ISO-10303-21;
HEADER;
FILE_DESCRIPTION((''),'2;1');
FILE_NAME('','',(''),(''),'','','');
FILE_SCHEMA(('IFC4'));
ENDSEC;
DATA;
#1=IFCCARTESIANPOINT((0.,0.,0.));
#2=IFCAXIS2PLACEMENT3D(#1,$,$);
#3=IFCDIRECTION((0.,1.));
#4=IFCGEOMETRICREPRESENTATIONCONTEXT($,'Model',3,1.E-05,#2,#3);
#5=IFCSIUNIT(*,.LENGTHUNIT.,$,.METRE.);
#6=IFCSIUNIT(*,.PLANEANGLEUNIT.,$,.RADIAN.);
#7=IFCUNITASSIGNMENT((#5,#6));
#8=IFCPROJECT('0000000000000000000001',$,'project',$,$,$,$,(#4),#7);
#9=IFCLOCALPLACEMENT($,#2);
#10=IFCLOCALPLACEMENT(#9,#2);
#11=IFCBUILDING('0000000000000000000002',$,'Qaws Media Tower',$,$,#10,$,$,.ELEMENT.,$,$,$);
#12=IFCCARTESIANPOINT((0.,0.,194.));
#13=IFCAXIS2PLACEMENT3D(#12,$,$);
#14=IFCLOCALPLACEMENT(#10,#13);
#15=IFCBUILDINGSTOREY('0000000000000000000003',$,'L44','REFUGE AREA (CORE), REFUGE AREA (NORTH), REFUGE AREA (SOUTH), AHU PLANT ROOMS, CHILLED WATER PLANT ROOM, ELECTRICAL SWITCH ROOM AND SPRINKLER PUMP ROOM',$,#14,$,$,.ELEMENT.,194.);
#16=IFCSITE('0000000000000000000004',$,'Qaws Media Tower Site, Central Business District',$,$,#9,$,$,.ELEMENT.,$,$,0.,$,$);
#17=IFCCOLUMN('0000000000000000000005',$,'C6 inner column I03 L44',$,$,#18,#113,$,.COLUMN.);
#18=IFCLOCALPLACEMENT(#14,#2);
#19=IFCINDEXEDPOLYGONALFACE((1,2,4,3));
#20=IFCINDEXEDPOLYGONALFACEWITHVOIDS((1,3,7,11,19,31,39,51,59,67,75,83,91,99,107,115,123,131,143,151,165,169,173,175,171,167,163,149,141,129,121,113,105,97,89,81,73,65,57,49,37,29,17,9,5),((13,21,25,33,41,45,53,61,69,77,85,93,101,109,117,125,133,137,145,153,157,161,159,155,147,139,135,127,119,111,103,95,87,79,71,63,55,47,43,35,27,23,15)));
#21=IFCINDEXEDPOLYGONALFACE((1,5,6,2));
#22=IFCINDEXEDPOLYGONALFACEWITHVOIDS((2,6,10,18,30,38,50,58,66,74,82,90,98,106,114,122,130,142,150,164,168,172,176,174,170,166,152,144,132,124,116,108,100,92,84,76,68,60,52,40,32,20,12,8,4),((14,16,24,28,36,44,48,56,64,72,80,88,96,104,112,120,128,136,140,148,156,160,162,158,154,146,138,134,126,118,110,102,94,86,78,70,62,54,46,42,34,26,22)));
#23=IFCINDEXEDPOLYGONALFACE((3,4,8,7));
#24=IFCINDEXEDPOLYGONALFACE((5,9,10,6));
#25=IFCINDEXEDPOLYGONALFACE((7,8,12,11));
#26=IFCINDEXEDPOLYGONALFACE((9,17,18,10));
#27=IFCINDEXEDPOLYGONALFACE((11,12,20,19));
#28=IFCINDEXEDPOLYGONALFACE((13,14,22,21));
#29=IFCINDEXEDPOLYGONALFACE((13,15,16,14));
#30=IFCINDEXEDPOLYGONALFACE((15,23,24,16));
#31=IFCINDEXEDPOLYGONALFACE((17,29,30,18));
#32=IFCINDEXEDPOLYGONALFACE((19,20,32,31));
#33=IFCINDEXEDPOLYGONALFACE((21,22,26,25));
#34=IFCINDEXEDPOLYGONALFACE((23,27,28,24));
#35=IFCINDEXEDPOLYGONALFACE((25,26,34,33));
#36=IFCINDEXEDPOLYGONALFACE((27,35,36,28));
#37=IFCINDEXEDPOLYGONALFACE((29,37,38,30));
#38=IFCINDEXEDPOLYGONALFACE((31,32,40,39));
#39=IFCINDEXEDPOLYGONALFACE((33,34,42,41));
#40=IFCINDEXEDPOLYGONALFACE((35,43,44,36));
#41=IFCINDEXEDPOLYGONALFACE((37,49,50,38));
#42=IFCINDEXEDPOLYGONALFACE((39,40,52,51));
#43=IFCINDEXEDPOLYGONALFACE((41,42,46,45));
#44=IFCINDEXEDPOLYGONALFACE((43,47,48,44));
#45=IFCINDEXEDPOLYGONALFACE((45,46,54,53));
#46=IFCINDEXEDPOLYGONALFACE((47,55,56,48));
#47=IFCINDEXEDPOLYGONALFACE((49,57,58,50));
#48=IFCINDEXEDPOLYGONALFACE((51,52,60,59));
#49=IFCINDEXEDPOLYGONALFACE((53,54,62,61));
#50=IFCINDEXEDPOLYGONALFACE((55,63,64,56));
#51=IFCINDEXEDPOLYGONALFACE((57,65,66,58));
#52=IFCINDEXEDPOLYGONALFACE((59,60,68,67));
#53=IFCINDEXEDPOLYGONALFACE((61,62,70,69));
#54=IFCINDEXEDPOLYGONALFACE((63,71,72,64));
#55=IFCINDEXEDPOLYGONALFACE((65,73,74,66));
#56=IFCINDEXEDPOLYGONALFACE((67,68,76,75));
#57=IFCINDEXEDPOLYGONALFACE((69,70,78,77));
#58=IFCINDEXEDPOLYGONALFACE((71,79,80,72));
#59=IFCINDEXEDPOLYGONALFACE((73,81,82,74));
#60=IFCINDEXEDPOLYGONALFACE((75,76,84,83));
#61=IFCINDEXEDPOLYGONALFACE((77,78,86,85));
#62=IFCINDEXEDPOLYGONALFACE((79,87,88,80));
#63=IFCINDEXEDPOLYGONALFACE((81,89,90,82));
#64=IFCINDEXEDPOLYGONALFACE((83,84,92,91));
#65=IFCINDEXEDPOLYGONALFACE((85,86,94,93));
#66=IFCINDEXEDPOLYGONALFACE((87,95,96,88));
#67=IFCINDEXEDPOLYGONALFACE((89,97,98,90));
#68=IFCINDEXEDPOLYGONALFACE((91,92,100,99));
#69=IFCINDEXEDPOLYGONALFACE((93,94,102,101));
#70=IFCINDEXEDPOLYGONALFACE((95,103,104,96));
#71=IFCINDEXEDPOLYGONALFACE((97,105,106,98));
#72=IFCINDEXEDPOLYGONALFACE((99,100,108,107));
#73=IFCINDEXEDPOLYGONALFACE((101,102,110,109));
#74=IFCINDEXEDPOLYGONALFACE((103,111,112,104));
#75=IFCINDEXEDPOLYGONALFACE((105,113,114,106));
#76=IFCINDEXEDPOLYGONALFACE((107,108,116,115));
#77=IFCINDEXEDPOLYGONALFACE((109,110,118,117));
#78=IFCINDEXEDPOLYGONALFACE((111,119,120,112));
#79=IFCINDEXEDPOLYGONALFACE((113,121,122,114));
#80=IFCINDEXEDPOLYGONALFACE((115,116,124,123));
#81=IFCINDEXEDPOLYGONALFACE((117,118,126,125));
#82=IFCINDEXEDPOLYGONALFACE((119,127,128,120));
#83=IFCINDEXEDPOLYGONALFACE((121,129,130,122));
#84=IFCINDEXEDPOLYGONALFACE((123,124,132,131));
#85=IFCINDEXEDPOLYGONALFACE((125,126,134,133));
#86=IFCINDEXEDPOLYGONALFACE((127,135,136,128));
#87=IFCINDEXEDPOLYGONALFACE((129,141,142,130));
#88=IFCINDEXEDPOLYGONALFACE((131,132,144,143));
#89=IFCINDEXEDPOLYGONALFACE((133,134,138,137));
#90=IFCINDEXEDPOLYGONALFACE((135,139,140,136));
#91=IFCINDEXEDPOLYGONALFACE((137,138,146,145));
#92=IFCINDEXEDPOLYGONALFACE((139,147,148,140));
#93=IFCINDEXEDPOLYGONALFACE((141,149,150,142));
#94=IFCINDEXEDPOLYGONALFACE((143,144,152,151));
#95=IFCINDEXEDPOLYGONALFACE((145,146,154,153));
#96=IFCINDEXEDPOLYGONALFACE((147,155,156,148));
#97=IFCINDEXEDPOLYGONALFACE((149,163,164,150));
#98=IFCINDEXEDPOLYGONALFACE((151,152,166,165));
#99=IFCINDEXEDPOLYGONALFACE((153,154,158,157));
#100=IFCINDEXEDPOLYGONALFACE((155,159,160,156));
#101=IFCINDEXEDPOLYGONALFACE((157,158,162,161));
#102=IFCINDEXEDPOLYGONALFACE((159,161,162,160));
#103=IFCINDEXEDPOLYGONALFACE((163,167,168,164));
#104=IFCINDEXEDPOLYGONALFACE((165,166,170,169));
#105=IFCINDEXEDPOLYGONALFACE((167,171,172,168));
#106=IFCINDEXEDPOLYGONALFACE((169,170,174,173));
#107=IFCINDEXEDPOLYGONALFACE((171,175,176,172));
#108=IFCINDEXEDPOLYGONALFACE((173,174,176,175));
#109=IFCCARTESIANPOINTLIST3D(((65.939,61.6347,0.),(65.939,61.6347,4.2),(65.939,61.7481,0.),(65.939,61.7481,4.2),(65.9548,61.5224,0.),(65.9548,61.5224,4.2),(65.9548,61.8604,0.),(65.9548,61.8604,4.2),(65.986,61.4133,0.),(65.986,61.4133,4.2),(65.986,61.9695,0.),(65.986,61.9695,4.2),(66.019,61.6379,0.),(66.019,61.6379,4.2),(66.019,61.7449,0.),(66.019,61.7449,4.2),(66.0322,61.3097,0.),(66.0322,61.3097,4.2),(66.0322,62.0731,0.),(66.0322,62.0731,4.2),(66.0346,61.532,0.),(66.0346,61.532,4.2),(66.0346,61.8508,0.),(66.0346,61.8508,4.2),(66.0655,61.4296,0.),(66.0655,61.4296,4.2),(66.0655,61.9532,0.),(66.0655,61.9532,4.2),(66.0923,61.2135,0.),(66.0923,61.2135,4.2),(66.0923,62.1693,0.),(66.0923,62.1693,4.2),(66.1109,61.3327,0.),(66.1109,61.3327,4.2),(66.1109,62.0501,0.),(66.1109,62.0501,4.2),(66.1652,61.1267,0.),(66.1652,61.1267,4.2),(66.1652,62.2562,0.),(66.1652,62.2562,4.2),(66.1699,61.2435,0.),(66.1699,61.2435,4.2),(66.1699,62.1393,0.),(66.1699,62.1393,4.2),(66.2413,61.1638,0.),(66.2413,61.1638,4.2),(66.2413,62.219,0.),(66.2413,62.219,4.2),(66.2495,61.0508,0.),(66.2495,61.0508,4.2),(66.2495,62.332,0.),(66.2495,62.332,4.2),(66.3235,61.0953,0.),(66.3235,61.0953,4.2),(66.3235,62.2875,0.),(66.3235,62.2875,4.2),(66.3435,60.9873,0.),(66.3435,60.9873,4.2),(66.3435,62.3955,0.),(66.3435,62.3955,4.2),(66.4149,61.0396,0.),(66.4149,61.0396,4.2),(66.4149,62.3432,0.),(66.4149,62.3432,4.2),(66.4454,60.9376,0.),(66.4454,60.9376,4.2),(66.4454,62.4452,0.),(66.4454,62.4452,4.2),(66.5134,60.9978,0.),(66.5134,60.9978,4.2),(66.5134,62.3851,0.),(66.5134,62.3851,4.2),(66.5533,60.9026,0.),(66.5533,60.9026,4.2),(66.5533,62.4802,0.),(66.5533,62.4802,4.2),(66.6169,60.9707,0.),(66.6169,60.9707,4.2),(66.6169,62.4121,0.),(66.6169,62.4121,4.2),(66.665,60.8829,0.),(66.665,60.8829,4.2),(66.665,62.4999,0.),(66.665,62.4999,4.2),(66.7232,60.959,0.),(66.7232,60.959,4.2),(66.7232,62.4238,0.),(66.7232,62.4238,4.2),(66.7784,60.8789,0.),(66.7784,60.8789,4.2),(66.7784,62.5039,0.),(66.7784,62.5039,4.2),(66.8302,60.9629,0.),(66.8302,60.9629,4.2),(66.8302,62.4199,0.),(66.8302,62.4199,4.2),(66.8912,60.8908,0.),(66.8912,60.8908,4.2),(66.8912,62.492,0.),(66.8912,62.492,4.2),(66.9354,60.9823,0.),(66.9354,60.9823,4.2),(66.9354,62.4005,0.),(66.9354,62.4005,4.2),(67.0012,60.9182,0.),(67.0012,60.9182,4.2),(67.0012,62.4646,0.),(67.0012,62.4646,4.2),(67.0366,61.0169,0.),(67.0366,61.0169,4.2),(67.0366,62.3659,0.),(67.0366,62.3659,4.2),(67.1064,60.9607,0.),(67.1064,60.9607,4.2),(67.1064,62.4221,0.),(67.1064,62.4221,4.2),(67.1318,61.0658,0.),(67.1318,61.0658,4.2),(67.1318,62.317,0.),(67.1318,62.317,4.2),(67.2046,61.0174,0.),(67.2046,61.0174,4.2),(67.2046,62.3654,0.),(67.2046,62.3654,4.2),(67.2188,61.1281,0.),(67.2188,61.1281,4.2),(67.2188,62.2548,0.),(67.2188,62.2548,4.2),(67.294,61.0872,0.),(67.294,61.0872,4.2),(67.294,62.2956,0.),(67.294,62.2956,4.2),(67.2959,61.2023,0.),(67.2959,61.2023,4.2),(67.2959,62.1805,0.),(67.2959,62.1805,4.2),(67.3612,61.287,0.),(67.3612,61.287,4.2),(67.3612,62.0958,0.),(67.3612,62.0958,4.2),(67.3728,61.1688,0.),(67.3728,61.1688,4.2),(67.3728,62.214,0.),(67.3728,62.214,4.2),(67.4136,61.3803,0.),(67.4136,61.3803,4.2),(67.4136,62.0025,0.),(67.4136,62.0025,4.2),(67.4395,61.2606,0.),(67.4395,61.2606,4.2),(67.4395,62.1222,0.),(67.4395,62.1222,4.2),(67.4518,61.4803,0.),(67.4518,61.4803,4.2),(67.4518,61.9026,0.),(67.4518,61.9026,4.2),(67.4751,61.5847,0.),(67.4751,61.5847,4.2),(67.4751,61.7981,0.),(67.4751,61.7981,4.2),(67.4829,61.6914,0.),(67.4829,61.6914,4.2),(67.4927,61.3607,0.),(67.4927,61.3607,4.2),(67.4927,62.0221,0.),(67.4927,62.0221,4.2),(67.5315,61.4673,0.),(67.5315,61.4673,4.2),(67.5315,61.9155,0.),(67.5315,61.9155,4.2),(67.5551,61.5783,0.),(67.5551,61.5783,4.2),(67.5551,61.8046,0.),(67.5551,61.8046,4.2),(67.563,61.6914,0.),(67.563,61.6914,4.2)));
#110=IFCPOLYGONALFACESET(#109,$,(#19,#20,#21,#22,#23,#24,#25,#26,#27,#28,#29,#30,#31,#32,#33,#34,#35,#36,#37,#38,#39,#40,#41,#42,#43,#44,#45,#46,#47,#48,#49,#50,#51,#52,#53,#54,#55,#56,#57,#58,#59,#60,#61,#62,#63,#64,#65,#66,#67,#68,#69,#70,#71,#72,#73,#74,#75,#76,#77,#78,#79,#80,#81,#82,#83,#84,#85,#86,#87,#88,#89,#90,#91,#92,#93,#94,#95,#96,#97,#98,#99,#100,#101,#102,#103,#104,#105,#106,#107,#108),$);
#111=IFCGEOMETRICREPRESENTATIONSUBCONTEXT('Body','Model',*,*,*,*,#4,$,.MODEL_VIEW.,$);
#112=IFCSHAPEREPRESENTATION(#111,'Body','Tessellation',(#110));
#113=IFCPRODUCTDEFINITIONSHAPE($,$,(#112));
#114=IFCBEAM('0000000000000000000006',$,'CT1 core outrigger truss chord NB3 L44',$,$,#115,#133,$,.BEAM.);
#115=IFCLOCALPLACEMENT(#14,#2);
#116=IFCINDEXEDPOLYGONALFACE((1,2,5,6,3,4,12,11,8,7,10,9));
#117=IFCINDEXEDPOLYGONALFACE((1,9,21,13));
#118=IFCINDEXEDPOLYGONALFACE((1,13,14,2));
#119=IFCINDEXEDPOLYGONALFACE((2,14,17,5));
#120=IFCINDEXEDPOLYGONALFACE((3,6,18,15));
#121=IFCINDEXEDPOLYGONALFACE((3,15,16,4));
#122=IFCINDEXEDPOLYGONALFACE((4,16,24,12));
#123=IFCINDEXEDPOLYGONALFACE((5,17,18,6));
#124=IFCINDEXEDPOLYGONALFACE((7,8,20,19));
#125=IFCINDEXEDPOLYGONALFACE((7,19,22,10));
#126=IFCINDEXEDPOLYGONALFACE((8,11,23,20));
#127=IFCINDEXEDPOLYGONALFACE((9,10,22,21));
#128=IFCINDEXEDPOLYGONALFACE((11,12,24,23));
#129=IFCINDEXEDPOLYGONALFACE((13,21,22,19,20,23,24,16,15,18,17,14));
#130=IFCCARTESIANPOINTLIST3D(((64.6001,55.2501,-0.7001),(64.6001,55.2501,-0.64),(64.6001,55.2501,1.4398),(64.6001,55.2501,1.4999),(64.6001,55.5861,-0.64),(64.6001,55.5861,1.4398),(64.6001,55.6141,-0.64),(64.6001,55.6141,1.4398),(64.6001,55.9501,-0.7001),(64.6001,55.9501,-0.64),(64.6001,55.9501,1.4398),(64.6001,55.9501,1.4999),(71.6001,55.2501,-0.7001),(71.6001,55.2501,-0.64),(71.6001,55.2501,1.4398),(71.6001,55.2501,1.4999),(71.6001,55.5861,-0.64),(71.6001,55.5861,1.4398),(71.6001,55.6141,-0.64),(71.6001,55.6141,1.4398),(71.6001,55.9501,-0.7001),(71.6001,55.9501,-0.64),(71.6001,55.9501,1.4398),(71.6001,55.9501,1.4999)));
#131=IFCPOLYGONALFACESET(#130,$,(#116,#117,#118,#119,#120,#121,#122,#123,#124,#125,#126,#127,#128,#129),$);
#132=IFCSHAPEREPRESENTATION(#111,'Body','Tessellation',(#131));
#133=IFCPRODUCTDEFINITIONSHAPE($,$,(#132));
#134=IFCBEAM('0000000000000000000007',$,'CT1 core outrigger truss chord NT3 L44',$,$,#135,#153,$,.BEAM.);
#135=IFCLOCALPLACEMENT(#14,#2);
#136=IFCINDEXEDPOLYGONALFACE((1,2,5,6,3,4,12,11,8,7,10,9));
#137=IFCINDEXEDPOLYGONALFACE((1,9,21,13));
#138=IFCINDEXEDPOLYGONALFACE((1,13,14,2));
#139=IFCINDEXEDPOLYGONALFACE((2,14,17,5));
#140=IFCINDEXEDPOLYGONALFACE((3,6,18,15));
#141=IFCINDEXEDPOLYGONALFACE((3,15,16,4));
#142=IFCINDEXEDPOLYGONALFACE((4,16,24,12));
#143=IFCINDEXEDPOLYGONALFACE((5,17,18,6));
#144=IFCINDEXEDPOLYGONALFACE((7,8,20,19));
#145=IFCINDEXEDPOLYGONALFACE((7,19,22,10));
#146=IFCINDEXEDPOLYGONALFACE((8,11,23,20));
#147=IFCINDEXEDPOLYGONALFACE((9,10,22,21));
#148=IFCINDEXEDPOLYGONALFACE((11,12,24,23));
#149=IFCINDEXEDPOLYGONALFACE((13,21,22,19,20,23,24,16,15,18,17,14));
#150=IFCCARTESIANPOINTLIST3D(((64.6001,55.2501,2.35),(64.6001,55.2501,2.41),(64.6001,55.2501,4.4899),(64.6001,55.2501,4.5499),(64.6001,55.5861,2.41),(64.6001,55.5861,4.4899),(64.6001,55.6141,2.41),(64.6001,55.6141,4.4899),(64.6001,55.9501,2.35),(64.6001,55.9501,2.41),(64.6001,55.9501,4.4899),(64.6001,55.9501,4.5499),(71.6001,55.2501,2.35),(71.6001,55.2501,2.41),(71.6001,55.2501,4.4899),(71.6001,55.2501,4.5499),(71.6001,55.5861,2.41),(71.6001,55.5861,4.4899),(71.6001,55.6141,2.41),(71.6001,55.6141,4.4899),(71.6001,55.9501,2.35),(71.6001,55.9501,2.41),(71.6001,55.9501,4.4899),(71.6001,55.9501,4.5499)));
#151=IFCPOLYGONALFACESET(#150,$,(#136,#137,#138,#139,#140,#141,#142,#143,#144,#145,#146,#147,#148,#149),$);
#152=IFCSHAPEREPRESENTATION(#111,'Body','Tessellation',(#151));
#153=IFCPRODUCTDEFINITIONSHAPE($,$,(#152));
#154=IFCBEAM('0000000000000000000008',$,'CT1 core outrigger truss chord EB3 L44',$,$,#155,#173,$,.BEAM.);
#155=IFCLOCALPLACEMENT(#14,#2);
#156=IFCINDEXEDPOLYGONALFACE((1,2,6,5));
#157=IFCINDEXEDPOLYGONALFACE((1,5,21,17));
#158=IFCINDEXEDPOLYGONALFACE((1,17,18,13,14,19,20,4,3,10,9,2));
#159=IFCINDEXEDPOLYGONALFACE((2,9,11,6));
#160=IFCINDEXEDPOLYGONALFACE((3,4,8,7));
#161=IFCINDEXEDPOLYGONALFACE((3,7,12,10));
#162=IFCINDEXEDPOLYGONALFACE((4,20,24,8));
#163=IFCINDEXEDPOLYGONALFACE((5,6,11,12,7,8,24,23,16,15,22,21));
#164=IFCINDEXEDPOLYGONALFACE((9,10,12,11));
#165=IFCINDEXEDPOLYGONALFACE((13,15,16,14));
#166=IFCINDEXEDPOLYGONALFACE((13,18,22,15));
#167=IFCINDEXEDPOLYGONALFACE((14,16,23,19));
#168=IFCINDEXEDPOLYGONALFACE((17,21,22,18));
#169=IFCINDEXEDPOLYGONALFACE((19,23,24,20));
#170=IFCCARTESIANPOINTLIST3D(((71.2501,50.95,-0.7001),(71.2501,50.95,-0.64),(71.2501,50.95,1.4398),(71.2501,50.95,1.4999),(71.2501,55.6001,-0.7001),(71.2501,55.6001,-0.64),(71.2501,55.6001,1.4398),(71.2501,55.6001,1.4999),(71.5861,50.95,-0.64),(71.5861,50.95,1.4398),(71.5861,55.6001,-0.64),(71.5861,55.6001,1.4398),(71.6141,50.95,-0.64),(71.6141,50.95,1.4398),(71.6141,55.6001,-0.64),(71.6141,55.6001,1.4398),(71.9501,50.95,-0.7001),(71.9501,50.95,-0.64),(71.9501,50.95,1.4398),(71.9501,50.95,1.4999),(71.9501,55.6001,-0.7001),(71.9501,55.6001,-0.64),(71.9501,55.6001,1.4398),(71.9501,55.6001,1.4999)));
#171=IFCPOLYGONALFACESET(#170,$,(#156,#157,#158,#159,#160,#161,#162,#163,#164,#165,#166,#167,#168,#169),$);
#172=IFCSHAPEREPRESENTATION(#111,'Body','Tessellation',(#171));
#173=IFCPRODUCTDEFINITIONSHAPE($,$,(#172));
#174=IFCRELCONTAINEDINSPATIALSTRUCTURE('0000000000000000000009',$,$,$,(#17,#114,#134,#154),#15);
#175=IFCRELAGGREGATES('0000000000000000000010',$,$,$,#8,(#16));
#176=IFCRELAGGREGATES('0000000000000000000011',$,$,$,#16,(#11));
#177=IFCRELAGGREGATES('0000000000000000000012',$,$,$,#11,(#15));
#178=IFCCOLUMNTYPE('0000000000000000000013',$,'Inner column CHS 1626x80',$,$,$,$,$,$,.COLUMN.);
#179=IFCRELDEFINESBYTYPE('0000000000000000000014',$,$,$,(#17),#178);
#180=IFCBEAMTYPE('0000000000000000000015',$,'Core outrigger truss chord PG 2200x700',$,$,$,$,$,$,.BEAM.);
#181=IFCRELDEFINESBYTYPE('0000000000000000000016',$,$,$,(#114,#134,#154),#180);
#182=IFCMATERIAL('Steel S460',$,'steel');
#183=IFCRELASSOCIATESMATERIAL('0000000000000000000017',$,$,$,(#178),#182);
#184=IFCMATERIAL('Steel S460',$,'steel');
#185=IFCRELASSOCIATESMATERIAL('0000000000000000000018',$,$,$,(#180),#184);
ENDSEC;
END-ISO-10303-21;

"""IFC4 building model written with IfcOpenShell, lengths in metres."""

from ifc_helpers import new_model, si_unit, direction, frame, origin, origin_2d, place, context, subcontext, project, spatial, hollow_circle, i_section, extrude, material, material_profile, profile_set, type_object, element, save


model = new_model("IFC4")

# Units and contexts
model_context = context("Model", 3, precision=1e-05, world=origin(), true_north=direction((0.0, 1.0)))
body_context = subcontext(model_context, "Body", "Model", "MODEL_VIEW")
ifc_project = project(units=[si_unit("LENGTHUNIT", "METRE"), si_unit("PLANEANGLEUNIT", "RADIAN")], contexts=[model_context])

# Site, building, storey
site_placement = place(None, origin())
site = spatial("IfcSite", under=ifc_project, at=site_placement, Name="Qaws Media Tower Site, Central Business District", CompositionType="ELEMENT", RefElevation=0.0)
building_placement = place(site_placement, origin())
building = spatial("IfcBuilding", under=site, at=building_placement, Name="Qaws Media Tower", CompositionType="ELEMENT")
storey_placement = place(building_placement, frame((0.0, 0.0, 194.0)))
storey = spatial("IfcBuildingStorey", under=building, at=storey_placement, Name="L44", Description="REFUGE AREA (CORE), REFUGE AREA (NORTH), REFUGE AREA (SOUTH), AHU PLANT ROOMS, CHILLED WATER PLANT ROOM, ELECTRICAL SWITCH ROOM AND SPRINKLER PUMP ROOM", CompositionType="ELEMENT", Elevation=194.0)

# Column
ifc_material_1 = material(Name="Steel S460", Category="steel")
ifc_material_profile_1 = material_profile(ifc_material_1, hollow_circle(Radius=0.813, WallThickness=0.0801, at=origin_2d()), Name="CHS 1626x80")
ifc_profile_set_1 = profile_set([ifc_material_profile_1], Name="Steel S460")
column_type = type_object("IfcColumnType", Name="Inner column CHS 1626x80", PredefinedType="COLUMN", material=ifc_profile_set_1)
column_placement = place(storey_placement, frame((66.75, 61.6914, 0.0), z_axis=(0.0, 0.0, 1.0), x_axis=(1.0, 0.0, 0.0)))
element("IfcColumn", 1, at=column_placement, inside=storey, type_object=column_type, Name="C6 inner column I03 L44", PredefinedType="COLUMN", context=body_context, shape_type="SweptSolid", body=[
    extrude(hollow_circle(Radius=0.813, WallThickness=0.0801, at=origin_2d()), origin(), (0.0, 0.0, 1.0), 4.2),
])

# Beams
ifc_material_2 = material(Name="Steel S460", Category="steel")
ifc_material_profile_2 = material_profile(ifc_material_2, i_section(OverallWidth=0.7, OverallDepth=2.2, WebThickness=0.0281, FlangeThickness=0.0601, at=origin_2d()), Name="PG 2200x700")
ifc_profile_set_2 = profile_set([ifc_material_profile_2], Name="Steel S460")
beam_type_1 = type_object("IfcBeamType", Name="Core outrigger truss chord PG 2200x700", PredefinedType="BEAM", material=ifc_profile_set_2)
for number, where, z_axis, x_axis, name in (
    (2, (64.6001, 55.6001, 0.3999), (1.0, 0.0, 0.0), (0.0, 1.0, 0.0), "CT1 core outrigger truss chord NB3 L44"),
    (3, (64.6001, 55.6001, 3.45), (1.0, 0.0, 0.0), (0.0, 1.0, 0.0), "CT1 core outrigger truss chord NT3 L44"),
):
    element("IfcBeam", number, at=place(storey_placement, frame(where, z_axis=z_axis, x_axis=x_axis)), inside=storey, type_object=beam_type_1, Name=name, PredefinedType="BEAM", context=body_context, shape_type="SweptSolid", body=[
        extrude(i_section(OverallWidth=0.7, OverallDepth=2.2, WebThickness=0.0281, FlangeThickness=0.0601, at=origin_2d()), origin(), (0.0, 0.0, 1.0), 7.0),
    ])
beam_1_placement = place(storey_placement, frame((71.6001, 50.95, 0.3999), z_axis=(0.0, 1.0, 0.0), x_axis=(-1.0, 0.0, 0.0)))
element("IfcBeam", 4, at=beam_1_placement, inside=storey, type_object=beam_type_1, Name="CT1 core outrigger truss chord EB3 L44", PredefinedType="BEAM", context=body_context, shape_type="SweptSolid", body=[
    extrude(i_section(OverallWidth=0.7, OverallDepth=2.2, WebThickness=0.0281, FlangeThickness=0.0601, at=origin_2d()), origin(), (0.0, 0.0, 1.0), 4.6501),
])

save(model, "model.ifc")
